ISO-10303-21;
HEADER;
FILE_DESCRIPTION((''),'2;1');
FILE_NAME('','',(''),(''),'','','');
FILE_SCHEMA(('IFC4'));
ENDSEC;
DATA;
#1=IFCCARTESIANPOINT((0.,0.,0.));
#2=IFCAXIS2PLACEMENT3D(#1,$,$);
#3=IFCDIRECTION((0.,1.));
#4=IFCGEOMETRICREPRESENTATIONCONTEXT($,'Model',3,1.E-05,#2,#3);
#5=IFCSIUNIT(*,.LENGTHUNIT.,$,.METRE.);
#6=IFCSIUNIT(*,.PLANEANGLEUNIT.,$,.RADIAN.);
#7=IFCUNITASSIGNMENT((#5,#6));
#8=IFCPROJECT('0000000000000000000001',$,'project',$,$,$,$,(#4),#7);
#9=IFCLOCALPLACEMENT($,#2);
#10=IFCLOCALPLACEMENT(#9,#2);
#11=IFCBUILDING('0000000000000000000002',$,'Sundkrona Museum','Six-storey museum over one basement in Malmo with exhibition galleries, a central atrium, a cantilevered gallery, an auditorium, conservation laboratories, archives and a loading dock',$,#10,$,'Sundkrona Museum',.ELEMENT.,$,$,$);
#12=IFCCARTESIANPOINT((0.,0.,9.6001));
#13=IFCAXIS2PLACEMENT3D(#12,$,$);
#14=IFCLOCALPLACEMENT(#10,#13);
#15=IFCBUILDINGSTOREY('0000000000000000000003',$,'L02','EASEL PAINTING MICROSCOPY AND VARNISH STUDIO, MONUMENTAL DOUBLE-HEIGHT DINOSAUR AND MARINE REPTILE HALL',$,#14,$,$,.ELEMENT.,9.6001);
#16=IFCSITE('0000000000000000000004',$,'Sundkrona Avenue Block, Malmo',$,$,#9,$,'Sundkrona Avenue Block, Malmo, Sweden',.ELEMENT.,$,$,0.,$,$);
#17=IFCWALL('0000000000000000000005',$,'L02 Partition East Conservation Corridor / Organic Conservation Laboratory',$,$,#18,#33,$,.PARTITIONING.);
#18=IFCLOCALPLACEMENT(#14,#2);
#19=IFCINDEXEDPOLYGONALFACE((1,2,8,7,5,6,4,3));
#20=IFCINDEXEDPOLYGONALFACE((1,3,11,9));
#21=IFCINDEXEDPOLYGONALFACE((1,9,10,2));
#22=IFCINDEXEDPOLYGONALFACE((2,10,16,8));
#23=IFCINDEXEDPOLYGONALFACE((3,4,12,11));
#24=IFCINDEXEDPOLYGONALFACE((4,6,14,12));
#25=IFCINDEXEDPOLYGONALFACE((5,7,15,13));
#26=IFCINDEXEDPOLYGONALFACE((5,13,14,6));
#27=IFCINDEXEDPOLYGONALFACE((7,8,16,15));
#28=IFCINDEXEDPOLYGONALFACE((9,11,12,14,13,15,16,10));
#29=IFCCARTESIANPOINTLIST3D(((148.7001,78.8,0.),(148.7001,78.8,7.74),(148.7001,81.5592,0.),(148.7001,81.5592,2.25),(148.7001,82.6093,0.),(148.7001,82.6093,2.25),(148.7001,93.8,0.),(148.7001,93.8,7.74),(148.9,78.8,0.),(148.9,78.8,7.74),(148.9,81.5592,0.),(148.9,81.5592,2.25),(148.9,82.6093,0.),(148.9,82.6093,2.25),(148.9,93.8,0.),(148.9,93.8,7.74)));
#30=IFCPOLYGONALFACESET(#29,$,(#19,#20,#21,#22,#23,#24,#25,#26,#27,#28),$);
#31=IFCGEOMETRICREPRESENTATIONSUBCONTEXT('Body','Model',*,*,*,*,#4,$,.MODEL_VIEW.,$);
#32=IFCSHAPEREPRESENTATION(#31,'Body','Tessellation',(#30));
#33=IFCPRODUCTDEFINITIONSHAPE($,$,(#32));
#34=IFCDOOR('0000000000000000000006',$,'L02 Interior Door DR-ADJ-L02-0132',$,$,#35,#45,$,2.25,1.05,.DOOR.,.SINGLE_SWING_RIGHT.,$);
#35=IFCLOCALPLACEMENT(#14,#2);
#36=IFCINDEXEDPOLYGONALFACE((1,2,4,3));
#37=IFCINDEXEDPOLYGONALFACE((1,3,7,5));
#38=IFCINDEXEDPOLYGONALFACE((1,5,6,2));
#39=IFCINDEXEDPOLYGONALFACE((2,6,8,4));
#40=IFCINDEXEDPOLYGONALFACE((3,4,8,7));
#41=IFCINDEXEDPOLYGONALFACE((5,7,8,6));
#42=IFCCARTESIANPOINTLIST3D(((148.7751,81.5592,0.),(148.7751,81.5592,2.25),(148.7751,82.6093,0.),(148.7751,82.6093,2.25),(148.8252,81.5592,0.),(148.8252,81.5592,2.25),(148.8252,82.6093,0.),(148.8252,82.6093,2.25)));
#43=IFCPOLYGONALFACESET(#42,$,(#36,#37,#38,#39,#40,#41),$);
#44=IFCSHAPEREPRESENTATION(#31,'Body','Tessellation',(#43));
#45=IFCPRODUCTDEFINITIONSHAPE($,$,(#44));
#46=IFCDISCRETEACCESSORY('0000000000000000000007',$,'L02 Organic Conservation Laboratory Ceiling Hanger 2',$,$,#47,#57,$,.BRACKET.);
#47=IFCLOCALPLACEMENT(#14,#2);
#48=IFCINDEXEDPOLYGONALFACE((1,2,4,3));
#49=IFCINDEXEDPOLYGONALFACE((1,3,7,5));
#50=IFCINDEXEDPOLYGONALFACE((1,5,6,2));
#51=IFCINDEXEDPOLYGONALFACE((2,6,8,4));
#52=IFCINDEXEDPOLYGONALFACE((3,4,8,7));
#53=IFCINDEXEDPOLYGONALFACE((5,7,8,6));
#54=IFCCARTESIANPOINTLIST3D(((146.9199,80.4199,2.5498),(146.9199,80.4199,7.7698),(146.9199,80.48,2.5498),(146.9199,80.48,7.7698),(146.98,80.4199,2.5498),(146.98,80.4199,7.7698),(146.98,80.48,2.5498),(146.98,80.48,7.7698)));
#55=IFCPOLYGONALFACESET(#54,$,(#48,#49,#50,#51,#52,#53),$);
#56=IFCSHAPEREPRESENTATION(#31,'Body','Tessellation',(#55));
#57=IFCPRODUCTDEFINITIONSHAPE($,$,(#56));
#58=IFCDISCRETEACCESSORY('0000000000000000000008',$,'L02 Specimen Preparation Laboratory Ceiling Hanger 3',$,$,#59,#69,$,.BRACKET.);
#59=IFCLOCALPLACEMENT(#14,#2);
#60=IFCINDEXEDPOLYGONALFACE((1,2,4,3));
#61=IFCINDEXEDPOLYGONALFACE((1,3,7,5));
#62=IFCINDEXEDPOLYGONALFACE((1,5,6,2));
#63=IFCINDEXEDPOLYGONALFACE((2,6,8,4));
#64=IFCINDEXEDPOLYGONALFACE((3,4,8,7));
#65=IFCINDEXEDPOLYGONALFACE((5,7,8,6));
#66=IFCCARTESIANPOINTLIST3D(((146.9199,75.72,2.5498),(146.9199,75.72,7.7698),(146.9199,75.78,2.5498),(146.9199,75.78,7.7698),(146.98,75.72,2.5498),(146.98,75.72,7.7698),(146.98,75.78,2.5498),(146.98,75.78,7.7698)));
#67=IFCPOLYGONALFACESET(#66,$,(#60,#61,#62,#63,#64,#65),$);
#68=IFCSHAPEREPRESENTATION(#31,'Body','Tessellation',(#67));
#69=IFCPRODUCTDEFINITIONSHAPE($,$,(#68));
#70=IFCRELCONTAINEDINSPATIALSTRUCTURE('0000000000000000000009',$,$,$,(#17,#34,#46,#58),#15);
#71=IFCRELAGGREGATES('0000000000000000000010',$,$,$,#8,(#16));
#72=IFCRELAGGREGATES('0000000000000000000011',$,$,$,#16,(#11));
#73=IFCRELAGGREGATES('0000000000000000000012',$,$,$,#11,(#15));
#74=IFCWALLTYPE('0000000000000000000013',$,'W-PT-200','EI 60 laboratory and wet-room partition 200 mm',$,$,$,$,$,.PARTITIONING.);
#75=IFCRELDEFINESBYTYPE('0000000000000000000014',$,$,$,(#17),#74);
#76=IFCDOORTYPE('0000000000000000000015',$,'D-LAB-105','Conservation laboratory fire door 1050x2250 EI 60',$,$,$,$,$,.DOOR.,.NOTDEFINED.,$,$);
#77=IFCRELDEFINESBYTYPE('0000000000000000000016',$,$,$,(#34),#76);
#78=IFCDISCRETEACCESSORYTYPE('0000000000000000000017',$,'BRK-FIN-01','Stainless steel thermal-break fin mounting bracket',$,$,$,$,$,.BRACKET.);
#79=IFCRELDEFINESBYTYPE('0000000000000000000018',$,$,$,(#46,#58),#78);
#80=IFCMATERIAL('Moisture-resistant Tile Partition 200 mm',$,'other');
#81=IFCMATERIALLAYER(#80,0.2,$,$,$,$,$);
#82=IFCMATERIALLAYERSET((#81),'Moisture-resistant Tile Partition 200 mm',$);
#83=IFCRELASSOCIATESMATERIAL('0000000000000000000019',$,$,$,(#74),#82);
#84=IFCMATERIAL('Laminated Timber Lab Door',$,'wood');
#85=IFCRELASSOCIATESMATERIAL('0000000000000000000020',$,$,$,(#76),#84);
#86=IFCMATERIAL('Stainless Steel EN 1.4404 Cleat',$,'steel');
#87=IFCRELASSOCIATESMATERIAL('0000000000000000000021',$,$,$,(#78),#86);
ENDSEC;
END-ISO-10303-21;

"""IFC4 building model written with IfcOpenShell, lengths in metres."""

from ifc_helpers import new_model, si_unit, direction, frame, frame_2d, origin, origin_2d, place, context, subcontext, project, spatial, rectangle, extrude, material, layer, layer_set, type_object, element, fill, save


model = new_model("IFC4")

# Units and contexts
model_context = context("Model", 3, precision=1e-05, world=origin(), true_north=direction((0.0, 1.0)))
body_context = subcontext(model_context, "Body", "Model", "MODEL_VIEW")
ifc_project = project(units=[si_unit("LENGTHUNIT", "METRE"), si_unit("PLANEANGLEUNIT", "RADIAN")], contexts=[model_context])

# Site, building, storey
site_placement = place(None, origin())
site = spatial("IfcSite", under=ifc_project, at=site_placement, Name="Sundkrona Avenue Block, Malmo", LongName="Sundkrona Avenue Block, Malmo, Sweden", CompositionType="ELEMENT", RefElevation=0.0)
building_placement = place(site_placement, origin())
building = spatial("IfcBuilding", under=site, at=building_placement, Name="Sundkrona Museum", Description="Six-storey museum over one basement in Malmo with exhibition galleries, a central atrium, a cantilevered gallery, an auditorium, conservation laboratories, archives and a loading dock", LongName="Sundkrona Museum", CompositionType="ELEMENT")
storey_placement = place(building_placement, frame((0.0, 0.0, 9.6001)))
storey = spatial("IfcBuildingStorey", under=building, at=storey_placement, Name="L02", Description="EASEL PAINTING MICROSCOPY AND VARNISH STUDIO, MONUMENTAL DOUBLE-HEIGHT DINOSAUR AND MARINE REPTILE HALL", CompositionType="ELEMENT", Elevation=9.6001)

# Wall, opening, door
ifc_material_1 = material(Name="Moisture-resistant Tile Partition 200 mm", Category="other")
ifc_layer = layer(ifc_material_1, 0.2)
ifc_layer_set = layer_set([ifc_layer], Name="Moisture-resistant Tile Partition 200 mm")
wall_type = type_object("IfcWallType", Name="W-PT-200", Description="EI 60 laboratory and wet-room partition 200 mm", PredefinedType="PARTITIONING", material=ifc_layer_set)
wall_placement = place(storey_placement, frame((148.8, 78.8, 0.0), z_axis=(0.0, 0.0, 1.0), x_axis=(0.0, 1.0, 0.0)))
wall = element("IfcWall", 1, at=wall_placement, inside=storey, type_object=wall_type, Name="L02 Partition East Conservation Corridor / Organic Conservation Laboratory", PredefinedType="PARTITIONING", context=body_context, shape_type="SweptSolid", body=[
    extrude(rectangle(XDim=15.0, YDim=0.2, at=frame_2d((7.5, 0.0))), origin(), (0.0, 0.0, 1.0), 7.74),
])
opening_placement = place(wall_placement, frame((2.7593, 0.0, 0.0)))
opening = element("IfcOpeningElement", 2, at=opening_placement, cuts=wall, PredefinedType="OPENING", context=body_context, shape_type="SweptSolid", body=[
    extrude(rectangle(XDim=1.05, YDim=2.25, at=frame_2d((0.5249, 1.125))), frame((0.0, 0.1099, 0.0), z_axis=(0.0, -1.0, 0.0), x_axis=(1.0, 0.0, 0.0)), (0.0, 0.0, 1.0), 0.22),
])
ifc_material_2 = material(Name="Laminated Timber Lab Door", Category="wood")
door_type = type_object("IfcDoorType", Name="D-LAB-105", Description="Conservation laboratory fire door 1050x2250 EI 60", OperationType="NOTDEFINED", PredefinedType="DOOR", material=ifc_material_2)
door_placement = place(opening_placement, origin())
door = element("IfcDoor", 3, at=door_placement, inside=storey, type_object=door_type, Name="L02 Interior Door DR-ADJ-L02-0132", OperationType="SINGLE_SWING_RIGHT", OverallHeight=2.25, OverallWidth=1.05, PredefinedType="DOOR", context=body_context, shape_type="SweptSolid", body=[
    extrude(rectangle(XDim=1.05, YDim=2.25, at=frame_2d((0.5249, 1.125))), frame((0.0, 0.0249, 0.0), z_axis=(0.0, -1.0, 0.0), x_axis=(1.0, 0.0, 0.0)), (0.0, 0.0, 1.0), 0.05),
])
fill(opening, door)

# Discrete accessories
ifc_material_3 = material(Name="Stainless Steel EN 1.4404 Cleat", Category="steel")
discrete_accessory_type = type_object("IfcDiscreteAccessoryType", Name="BRK-FIN-01", Description="Stainless steel thermal-break fin mounting bracket", PredefinedType="BRACKET", material=ifc_material_3)
for number, where, z_axis, x_axis, name in (
    (4, (146.95, 80.45, 2.5498), (0.0, 0.0, 1.0), (1.0, 0.0, 0.0), "L02 Organic Conservation Laboratory Ceiling Hanger 2"),
    (5, (146.95, 75.75, 2.5498), (0.0, 0.0, 1.0), (1.0, 0.0, 0.0), "L02 Specimen Preparation Laboratory Ceiling Hanger 3"),
):
    element("IfcDiscreteAccessory", number, at=place(storey_placement, frame(where, z_axis=z_axis, x_axis=x_axis)), inside=storey, type_object=discrete_accessory_type, Name=name, PredefinedType="BRACKET", context=body_context, shape_type="SweptSolid", body=[
        extrude(rectangle(XDim=0.0601, YDim=0.0601, at=origin_2d()), origin(), (0.0, 0.0, 1.0), 5.22),
    ])

save(model, "model.ifc")
